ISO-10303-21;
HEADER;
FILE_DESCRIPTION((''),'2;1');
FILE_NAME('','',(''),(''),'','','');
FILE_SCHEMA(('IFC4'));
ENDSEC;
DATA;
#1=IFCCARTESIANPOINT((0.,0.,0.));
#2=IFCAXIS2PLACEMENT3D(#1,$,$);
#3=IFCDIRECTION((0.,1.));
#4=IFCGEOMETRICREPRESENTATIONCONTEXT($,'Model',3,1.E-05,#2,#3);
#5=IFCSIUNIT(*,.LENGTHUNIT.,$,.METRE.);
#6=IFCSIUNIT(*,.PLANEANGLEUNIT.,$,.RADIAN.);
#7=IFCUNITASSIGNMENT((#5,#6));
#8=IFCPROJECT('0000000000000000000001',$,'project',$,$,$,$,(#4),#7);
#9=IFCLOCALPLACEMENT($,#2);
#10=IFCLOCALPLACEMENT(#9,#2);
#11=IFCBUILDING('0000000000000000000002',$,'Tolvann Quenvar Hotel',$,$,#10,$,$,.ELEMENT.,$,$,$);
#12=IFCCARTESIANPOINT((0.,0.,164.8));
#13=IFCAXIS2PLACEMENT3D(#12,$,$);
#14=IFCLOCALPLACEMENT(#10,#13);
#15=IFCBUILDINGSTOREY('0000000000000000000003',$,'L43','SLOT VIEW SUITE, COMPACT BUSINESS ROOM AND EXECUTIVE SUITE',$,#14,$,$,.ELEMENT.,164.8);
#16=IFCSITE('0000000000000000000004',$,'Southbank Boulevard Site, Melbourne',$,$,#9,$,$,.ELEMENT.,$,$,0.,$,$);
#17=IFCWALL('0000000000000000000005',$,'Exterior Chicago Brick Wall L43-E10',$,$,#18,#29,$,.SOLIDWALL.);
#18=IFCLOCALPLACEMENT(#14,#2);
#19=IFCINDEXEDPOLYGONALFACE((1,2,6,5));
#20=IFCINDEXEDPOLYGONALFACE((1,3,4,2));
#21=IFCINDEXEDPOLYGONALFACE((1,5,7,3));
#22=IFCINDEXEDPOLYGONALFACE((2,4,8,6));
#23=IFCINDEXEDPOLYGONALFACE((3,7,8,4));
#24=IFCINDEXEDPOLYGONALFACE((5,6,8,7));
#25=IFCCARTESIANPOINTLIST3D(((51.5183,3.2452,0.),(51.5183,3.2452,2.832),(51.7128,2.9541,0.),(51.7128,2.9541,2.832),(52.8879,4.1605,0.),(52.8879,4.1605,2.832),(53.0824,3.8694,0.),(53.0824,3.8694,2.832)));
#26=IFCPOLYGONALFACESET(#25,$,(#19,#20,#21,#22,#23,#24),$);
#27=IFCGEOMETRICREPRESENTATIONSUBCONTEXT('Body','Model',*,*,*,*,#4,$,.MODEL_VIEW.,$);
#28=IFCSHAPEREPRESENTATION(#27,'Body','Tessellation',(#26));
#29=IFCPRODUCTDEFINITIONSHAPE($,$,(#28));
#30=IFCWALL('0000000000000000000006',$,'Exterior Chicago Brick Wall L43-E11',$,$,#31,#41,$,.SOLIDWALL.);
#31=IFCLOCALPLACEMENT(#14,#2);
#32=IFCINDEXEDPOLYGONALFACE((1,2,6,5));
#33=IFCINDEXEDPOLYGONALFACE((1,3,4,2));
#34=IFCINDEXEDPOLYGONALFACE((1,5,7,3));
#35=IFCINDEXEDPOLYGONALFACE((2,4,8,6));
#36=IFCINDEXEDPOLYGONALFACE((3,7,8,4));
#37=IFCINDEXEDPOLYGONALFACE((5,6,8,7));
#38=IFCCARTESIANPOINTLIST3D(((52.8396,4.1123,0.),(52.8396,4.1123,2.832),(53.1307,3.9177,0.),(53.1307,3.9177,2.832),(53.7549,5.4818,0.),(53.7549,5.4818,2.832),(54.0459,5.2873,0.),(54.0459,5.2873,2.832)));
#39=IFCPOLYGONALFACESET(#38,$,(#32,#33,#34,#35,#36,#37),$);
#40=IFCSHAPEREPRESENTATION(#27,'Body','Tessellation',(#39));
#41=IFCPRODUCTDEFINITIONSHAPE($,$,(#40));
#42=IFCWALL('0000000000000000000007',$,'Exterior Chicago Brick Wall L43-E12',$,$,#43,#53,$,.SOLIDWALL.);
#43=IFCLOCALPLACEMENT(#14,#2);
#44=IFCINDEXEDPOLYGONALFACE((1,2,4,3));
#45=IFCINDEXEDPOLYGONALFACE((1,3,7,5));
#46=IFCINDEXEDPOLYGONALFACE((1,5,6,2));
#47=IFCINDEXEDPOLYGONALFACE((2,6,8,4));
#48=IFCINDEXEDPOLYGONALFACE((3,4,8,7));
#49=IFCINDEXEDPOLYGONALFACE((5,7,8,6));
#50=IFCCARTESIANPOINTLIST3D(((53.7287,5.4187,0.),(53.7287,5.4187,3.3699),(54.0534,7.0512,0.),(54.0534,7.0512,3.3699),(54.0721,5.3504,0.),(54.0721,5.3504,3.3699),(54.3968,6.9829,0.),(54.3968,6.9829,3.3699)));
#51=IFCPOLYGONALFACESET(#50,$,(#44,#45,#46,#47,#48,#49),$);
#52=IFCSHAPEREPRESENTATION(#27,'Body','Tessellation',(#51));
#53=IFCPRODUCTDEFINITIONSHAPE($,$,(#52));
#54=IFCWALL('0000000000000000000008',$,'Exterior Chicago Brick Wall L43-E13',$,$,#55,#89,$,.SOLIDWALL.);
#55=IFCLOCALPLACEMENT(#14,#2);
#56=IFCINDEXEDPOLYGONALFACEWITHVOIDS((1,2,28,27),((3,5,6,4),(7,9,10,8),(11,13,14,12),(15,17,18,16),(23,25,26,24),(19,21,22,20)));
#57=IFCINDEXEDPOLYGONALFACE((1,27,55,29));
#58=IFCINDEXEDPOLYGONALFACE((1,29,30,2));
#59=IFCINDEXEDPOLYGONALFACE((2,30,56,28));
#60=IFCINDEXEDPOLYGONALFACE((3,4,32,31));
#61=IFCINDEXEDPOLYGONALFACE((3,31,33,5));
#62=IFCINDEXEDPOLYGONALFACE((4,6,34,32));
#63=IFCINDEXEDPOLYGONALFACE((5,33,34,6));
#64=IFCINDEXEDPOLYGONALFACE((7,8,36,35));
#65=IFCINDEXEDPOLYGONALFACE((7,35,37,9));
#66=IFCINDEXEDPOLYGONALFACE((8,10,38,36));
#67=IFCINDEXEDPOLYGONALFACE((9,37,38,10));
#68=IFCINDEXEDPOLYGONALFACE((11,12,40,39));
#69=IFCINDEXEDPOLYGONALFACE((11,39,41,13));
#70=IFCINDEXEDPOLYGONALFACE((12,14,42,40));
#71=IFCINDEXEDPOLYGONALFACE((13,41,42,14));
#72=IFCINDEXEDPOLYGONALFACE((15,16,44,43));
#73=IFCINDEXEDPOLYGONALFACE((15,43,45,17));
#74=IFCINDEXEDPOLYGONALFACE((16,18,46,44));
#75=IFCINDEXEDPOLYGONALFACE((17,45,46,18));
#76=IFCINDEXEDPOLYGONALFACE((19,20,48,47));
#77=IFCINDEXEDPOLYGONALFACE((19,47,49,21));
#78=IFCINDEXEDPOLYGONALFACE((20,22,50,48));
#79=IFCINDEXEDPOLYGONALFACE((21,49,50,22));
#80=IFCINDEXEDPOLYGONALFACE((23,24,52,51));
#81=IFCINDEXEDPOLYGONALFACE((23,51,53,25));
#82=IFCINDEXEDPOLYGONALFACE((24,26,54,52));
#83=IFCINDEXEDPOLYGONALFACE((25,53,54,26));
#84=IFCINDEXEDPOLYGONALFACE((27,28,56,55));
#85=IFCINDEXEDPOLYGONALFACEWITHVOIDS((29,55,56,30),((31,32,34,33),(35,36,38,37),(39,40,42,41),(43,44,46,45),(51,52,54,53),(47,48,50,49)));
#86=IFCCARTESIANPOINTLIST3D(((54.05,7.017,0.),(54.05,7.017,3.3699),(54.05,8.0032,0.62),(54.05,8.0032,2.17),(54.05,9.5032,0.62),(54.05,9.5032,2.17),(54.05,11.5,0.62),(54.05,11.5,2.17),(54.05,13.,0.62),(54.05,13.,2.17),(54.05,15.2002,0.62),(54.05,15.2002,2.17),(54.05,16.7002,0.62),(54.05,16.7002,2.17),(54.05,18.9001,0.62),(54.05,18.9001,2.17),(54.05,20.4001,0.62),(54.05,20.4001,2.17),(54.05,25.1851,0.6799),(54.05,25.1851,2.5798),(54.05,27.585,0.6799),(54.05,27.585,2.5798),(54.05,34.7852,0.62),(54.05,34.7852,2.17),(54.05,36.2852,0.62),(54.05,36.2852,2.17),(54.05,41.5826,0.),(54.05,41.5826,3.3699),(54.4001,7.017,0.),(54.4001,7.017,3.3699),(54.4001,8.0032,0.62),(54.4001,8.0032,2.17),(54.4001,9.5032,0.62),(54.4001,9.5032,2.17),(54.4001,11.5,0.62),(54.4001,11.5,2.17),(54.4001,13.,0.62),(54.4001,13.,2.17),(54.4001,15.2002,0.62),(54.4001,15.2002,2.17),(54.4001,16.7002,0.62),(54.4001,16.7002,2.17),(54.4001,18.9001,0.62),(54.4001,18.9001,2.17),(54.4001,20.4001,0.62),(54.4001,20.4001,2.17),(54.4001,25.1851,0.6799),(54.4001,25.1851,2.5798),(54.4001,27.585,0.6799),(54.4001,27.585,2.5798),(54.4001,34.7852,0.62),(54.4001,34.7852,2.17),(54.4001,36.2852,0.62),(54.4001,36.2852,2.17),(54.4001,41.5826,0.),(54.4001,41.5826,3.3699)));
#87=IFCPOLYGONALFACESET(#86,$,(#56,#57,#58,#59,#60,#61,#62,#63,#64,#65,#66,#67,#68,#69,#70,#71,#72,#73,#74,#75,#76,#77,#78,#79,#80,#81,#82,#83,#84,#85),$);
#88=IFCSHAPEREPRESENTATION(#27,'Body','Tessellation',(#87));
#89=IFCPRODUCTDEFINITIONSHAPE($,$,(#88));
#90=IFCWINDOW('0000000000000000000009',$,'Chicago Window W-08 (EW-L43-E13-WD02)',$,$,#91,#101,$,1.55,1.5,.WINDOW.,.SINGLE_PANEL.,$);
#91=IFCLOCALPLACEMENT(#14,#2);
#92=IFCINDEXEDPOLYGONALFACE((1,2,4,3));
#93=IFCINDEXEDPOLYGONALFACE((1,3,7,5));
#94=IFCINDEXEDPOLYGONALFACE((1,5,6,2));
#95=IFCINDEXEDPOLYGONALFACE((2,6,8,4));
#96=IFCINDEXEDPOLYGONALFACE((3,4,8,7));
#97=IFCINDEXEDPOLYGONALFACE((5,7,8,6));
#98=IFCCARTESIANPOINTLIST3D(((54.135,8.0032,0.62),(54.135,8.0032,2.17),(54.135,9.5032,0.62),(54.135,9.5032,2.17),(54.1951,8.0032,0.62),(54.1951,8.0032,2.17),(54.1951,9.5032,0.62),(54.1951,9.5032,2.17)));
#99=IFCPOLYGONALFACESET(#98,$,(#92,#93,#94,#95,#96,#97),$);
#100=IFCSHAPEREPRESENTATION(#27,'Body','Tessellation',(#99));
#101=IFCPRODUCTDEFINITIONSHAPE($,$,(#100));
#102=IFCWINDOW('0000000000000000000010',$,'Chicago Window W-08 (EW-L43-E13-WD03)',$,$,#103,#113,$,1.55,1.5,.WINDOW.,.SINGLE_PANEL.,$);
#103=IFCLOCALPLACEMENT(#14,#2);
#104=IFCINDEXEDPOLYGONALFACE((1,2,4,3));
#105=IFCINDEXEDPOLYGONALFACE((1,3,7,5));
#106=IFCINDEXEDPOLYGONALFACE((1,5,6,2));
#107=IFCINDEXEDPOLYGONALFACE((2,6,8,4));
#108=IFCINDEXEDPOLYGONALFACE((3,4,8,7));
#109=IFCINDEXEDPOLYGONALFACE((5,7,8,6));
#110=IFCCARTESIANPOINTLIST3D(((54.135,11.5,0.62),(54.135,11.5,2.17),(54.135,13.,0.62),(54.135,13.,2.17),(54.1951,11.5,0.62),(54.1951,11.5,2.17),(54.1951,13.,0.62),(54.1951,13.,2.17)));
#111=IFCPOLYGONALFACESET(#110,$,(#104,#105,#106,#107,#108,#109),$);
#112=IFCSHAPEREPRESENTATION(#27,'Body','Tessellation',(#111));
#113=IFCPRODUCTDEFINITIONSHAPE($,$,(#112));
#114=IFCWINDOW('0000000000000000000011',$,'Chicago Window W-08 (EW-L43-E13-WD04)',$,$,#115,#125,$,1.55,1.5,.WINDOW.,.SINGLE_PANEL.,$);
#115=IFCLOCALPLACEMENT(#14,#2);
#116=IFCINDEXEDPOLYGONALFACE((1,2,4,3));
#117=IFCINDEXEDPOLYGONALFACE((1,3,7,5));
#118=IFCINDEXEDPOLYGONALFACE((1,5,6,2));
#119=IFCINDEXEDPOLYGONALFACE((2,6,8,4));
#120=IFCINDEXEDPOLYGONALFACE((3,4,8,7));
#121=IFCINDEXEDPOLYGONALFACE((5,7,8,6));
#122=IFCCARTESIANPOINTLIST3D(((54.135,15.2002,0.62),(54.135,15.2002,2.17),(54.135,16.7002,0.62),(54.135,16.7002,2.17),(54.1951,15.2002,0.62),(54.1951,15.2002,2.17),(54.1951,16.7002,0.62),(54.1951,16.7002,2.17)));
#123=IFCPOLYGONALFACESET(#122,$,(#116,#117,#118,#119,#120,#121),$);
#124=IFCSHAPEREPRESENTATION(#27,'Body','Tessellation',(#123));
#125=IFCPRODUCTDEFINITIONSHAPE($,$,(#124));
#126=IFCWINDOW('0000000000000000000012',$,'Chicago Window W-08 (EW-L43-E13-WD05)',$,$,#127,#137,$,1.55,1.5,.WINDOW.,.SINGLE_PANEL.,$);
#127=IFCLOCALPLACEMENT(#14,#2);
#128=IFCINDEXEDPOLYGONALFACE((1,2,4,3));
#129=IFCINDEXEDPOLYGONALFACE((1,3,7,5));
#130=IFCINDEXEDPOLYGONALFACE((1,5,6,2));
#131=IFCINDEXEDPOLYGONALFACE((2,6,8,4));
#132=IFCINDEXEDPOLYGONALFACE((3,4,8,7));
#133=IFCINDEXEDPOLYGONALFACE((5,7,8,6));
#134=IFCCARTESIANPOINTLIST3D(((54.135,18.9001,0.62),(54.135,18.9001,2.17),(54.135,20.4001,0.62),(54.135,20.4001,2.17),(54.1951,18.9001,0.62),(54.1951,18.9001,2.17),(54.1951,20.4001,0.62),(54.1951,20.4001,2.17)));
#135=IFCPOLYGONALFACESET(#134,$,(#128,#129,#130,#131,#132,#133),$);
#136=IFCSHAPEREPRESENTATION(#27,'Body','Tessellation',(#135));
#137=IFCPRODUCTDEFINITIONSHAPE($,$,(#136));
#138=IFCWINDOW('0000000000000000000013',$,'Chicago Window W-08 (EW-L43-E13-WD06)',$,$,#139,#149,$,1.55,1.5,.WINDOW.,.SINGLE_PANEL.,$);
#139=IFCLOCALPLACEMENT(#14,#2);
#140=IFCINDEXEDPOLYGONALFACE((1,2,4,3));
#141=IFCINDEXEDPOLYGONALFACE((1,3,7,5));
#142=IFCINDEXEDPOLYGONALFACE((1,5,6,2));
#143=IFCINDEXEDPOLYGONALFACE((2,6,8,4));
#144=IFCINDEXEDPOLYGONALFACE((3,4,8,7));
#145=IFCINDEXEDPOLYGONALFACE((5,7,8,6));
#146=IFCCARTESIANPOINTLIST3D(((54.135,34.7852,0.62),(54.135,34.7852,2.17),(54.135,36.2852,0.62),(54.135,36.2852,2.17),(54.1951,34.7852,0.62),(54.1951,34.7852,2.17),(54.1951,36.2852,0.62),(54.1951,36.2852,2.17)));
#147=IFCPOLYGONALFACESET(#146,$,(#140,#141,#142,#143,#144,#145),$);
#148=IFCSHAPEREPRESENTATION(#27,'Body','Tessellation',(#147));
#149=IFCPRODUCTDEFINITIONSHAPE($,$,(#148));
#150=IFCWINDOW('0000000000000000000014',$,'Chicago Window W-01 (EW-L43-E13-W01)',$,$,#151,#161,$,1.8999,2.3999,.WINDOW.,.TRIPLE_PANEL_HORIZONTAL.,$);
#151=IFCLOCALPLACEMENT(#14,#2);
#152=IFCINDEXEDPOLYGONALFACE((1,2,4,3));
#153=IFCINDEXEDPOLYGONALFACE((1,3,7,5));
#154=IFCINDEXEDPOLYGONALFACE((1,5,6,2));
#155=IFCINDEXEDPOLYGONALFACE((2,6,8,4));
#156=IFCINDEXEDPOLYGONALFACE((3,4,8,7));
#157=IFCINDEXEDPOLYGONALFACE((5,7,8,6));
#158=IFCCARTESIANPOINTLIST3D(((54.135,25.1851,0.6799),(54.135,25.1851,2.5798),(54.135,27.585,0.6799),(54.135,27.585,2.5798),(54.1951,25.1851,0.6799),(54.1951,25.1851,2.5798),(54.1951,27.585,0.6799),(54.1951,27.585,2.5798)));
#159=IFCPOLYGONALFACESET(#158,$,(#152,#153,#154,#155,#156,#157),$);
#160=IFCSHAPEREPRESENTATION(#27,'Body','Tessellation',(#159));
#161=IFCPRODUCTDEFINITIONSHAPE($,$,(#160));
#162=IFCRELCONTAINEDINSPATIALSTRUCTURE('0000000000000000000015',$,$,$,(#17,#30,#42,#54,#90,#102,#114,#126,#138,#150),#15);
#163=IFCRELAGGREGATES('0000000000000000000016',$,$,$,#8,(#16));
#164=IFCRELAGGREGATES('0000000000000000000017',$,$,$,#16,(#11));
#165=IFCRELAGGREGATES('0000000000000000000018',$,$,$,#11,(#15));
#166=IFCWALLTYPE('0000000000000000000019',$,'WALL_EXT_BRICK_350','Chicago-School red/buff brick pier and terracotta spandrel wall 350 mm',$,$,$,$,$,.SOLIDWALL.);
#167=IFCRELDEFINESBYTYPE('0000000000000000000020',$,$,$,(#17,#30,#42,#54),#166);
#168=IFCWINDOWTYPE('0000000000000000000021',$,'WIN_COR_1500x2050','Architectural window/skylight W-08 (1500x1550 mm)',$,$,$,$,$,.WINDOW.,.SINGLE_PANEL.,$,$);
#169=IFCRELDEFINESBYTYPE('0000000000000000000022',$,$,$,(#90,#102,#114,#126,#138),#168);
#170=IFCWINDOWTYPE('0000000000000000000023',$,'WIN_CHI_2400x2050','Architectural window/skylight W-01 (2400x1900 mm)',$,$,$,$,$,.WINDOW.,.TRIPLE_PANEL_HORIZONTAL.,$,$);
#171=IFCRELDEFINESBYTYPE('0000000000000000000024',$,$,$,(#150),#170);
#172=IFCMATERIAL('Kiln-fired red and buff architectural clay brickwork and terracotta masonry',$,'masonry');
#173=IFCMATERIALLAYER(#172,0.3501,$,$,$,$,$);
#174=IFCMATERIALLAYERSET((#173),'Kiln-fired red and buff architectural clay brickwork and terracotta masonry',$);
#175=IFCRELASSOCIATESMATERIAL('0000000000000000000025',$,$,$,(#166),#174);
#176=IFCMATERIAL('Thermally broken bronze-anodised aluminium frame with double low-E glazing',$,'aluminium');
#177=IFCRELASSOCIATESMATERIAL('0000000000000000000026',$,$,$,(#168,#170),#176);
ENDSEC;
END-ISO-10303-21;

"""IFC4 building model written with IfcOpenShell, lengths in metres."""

from ifc_helpers import new_model, si_unit, direction, frame, frame_2d, origin, place, context, subcontext, project, spatial, rectangle, extrude, source, transform, mapped, material, layer, layer_set, type_object, type_shapes, element, fill, save


model = new_model("IFC4")

# Units and contexts
model_context = context("Model", 3, precision=1e-05, world=origin(), true_north=direction((0.0, 1.0)))
body_context = subcontext(model_context, "Body", "Model", "MODEL_VIEW")
ifc_project = project(units=[si_unit("LENGTHUNIT", "METRE"), si_unit("PLANEANGLEUNIT", "RADIAN")], contexts=[model_context])

# Site, building, storey
site_placement = place(None, origin())
site = spatial("IfcSite", under=ifc_project, at=site_placement, Name="Southbank Boulevard Site, Melbourne", CompositionType="ELEMENT", RefElevation=0.0)
building_placement = place(site_placement, origin())
building = spatial("IfcBuilding", under=site, at=building_placement, Name="Tolvann Quenvar Hotel", CompositionType="ELEMENT")
storey_placement = place(building_placement, frame((0.0, 0.0, 164.8)))
storey = spatial("IfcBuildingStorey", under=building, at=storey_placement, Name="L43", Description="SLOT VIEW SUITE, COMPACT BUSINESS ROOM AND EXECUTIVE SUITE", CompositionType="ELEMENT", Elevation=164.8)

# Walls
ifc_material_1 = material(Name="Kiln-fired red and buff architectural clay brickwork and terracotta masonry", Category="masonry")
ifc_layer_1 = layer(ifc_material_1, 0.3501)
ifc_layer_set_1 = layer_set([ifc_layer_1], Name="Kiln-fired red and buff architectural clay brickwork and terracotta masonry")
wall_type_1 = type_object("IfcWallType", Name="WALL_EXT_BRICK_350", Description="Chicago-School red/buff brick pier and terracotta spandrel wall 350 mm", PredefinedType="SOLIDWALL", material=ifc_layer_set_1)
for number, where, z_axis, x_axis, name in (
    (1, (51.6155, 3.0996, 0.0), (0.0, 0.0, 1.0), (0.831434, 0.555623, 0.0), "Exterior Chicago Brick Wall L43-E10"),
    (2, (52.9851, 4.0149, 0.0), (0.0, 0.0, 1.0), (0.555623, 0.831434, 0.0), "Exterior Chicago Brick Wall L43-E11"),
):
    element("IfcWall", number, at=place(storey_placement, frame(where, z_axis=z_axis, x_axis=x_axis)), inside=storey, type_object=wall_type_1, Name=name, PredefinedType="SOLIDWALL", context=body_context, shape_type="SweptSolid", body=[
        extrude(rectangle(XDim=1.6472, YDim=0.3501, at=frame_2d((0.8237, 0.0))), origin(), (0.0, 0.0, 1.0), 2.832),
    ])
wall_1_placement = place(storey_placement, frame((53.9004, 5.3845, 0.0), z_axis=(0.0, 0.0, 1.0), x_axis=(0.195072, 0.980789, 0.0)))
element("IfcWall", 3, at=wall_1_placement, inside=storey, type_object=wall_type_1, Name="Exterior Chicago Brick Wall L43-E12", PredefinedType="SOLIDWALL", context=body_context, shape_type="SweptSolid", body=[
    extrude(rectangle(XDim=1.6646, YDim=0.3501, at=frame_2d((0.8323, 0.0))), origin(), (0.0, 0.0, 1.0), 3.3699),
])

# Wall, openings, windows
wall_2_placement = place(storey_placement, frame((54.2251, 7.0171, 0.0), z_axis=(0.0, 0.0, 1.0), x_axis=(0.0, 1.0, 0.0)))
wall_2 = element("IfcWall", 4, at=wall_2_placement, inside=storey, type_object=wall_type_1, Name="Exterior Chicago Brick Wall L43-E13", PredefinedType="SOLIDWALL", context=body_context, shape_type="SweptSolid", body=[
    extrude(rectangle(XDim=34.5657, YDim=0.3501, at=frame_2d((17.2827, 0.0))), origin(), (0.0, 0.0, 1.0), 3.3699),
])
opening_1_placement = place(wall_2_placement, frame((18.168, 0.0, 0.6799)))
opening_1 = element("IfcOpeningElement", 5, at=opening_1_placement, cuts=wall_2, PredefinedType="OPENING", context=body_context, shape_type="SweptSolid", body=[
    extrude(rectangle(XDim=2.3999, YDim=1.8999, at=frame_2d((1.2, 0.95))), frame((0.0, 0.1851, 0.0), z_axis=(0.0, -1.0, 0.0), x_axis=(1.0, 0.0, 0.0)), (0.0, 0.0, 1.0), 0.3701),
])
opening_2_placement = place(wall_2_placement, frame((0.9861, 0.0, 0.6201)))
opening_2 = element("IfcOpeningElement", 6, at=opening_2_placement, cuts=wall_2, PredefinedType="OPENING", context=body_context, shape_type="SweptSolid", body=[
    extrude(rectangle(XDim=1.5, YDim=1.55, at=frame_2d((0.75, 0.7749))), frame((0.0, 0.1851, 0.0), z_axis=(0.0, -1.0, 0.0), x_axis=(1.0, 0.0, 0.0)), (0.0, 0.0, 1.0), 0.3701),
])
opening_3_placement = place(wall_2_placement, frame((4.4829, 0.0, 0.6201)))
opening_3 = element("IfcOpeningElement", 7, at=opening_3_placement, cuts=wall_2, PredefinedType="OPENING", context=body_context, shape_type="SweptSolid", body=[
    extrude(rectangle(XDim=1.5, YDim=1.55, at=frame_2d((0.75, 0.7749))), frame((0.0, 0.1851, 0.0), z_axis=(0.0, -1.0, 0.0), x_axis=(1.0, 0.0, 0.0)), (0.0, 0.0, 1.0), 0.3701),
])
opening_4_placement = place(wall_2_placement, frame((8.1831, 0.0, 0.6201)))
opening_4 = element("IfcOpeningElement", 8, at=opening_4_placement, cuts=wall_2, PredefinedType="OPENING", context=body_context, shape_type="SweptSolid", body=[
    extrude(rectangle(XDim=1.5, YDim=1.55, at=frame_2d((0.75, 0.7749))), frame((0.0, 0.1851, 0.0), z_axis=(0.0, -1.0, 0.0), x_axis=(1.0, 0.0, 0.0)), (0.0, 0.0, 1.0), 0.3701),
])
opening_5_placement = place(wall_2_placement, frame((11.8831, 0.0, 0.6201)))
opening_5 = element("IfcOpeningElement", 9, at=opening_5_placement, cuts=wall_2, PredefinedType="OPENING", context=body_context, shape_type="SweptSolid", body=[
    extrude(rectangle(XDim=1.5, YDim=1.55, at=frame_2d((0.75, 0.7749))), frame((0.0, 0.1851, 0.0), z_axis=(0.0, -1.0, 0.0), x_axis=(1.0, 0.0, 0.0)), (0.0, 0.0, 1.0), 0.3701),
])
opening_6_placement = place(wall_2_placement, frame((27.7681, 0.0, 0.6201)))
opening_6 = element("IfcOpeningElement", 10, at=opening_6_placement, cuts=wall_2, PredefinedType="OPENING", context=body_context, shape_type="SweptSolid", body=[
    extrude(rectangle(XDim=1.5, YDim=1.55, at=frame_2d((0.75, 0.7749))), frame((0.0, 0.1851, 0.0), z_axis=(0.0, -1.0, 0.0), x_axis=(1.0, 0.0, 0.0)), (0.0, 0.0, 1.0), 0.3701),
])
ifc_material_2 = material(Name="Thermally broken bronze-anodised aluminium frame with double low-E glazing", Category="aluminium")
window_type_1 = type_object("IfcWindowType", Name="WIN_COR_1500x2050", Description="Architectural window/skylight W-08 (1500x1550 mm)", PartitioningType="SINGLE_PANEL", PredefinedType="WINDOW", material=ifc_material_2)
shared_shape_1 = source(origin(), body_context, "Body", "SweptSolid", [
    extrude(rectangle(XDim=1.5, YDim=1.55, at=frame_2d((0.75, 0.7749))), frame((0.0, 0.0901, 0.0), z_axis=(0.0, -1.0, 0.0), x_axis=(1.0, 0.0, 0.0)), (0.0, 0.0, 1.0), 0.0601),
])
type_shapes(window_type_1, [shared_shape_1])
window_1_placement = place(opening_2_placement, origin())
window_1 = element("IfcWindow", 11, at=window_1_placement, inside=storey, type_object=window_type_1, Name="Chicago Window W-08 (EW-L43-E13-WD02)", OverallHeight=1.55, OverallWidth=1.5, PartitioningType="SINGLE_PANEL", PredefinedType="WINDOW", context=body_context, shape_type="MappedRepresentation", body=[
    mapped(shared_shape_1, transform((0.0, 0.0, 0.0), x_axis=(1.0, 0.0, 0.0), y_axis=(0.0, 1.0, 0.0), z_axis=(0.0, 0.0, 1.0), scale=1.0)),
])
fill(opening_2, window_1)
window_2_placement = place(opening_3_placement, origin())
window_2 = element("IfcWindow", 12, at=window_2_placement, inside=storey, type_object=window_type_1, Name="Chicago Window W-08 (EW-L43-E13-WD03)", OverallHeight=1.55, OverallWidth=1.5, PartitioningType="SINGLE_PANEL", PredefinedType="WINDOW", context=body_context, shape_type="MappedRepresentation", body=[
    mapped(shared_shape_1, transform((0.0, 0.0, 0.0), x_axis=(1.0, 0.0, 0.0), y_axis=(0.0, 1.0, 0.0), z_axis=(0.0, 0.0, 1.0), scale=1.0)),
])
fill(opening_3, window_2)
window_3_placement = place(opening_4_placement, origin())
window_3 = element("IfcWindow", 13, at=window_3_placement, inside=storey, type_object=window_type_1, Name="Chicago Window W-08 (EW-L43-E13-WD04)", OverallHeight=1.55, OverallWidth=1.5, PartitioningType="SINGLE_PANEL", PredefinedType="WINDOW", context=body_context, shape_type="MappedRepresentation", body=[
    mapped(shared_shape_1, transform((0.0, 0.0, 0.0), x_axis=(1.0, 0.0, 0.0), y_axis=(0.0, 1.0, 0.0), z_axis=(0.0, 0.0, 1.0), scale=1.0)),
])
fill(opening_4, window_3)
window_4_placement = place(opening_5_placement, origin())
window_4 = element("IfcWindow", 14, at=window_4_placement, inside=storey, type_object=window_type_1, Name="Chicago Window W-08 (EW-L43-E13-WD05)", OverallHeight=1.55, OverallWidth=1.5, PartitioningType="SINGLE_PANEL", PredefinedType="WINDOW", context=body_context, shape_type="MappedRepresentation", body=[
    mapped(shared_shape_1, transform((0.0, 0.0, 0.0), x_axis=(1.0, 0.0, 0.0), y_axis=(0.0, 1.0, 0.0), z_axis=(0.0, 0.0, 1.0), scale=1.0)),
])
fill(opening_5, window_4)
window_5_placement = place(opening_6_placement, origin())
window_5 = element("IfcWindow", 15, at=window_5_placement, inside=storey, type_object=window_type_1, Name="Chicago Window W-08 (EW-L43-E13-WD06)", OverallHeight=1.55, OverallWidth=1.5, PartitioningType="SINGLE_PANEL", PredefinedType="WINDOW", context=body_context, shape_type="MappedRepresentation", body=[
    mapped(shared_shape_1, transform((0.0, 0.0, 0.0), x_axis=(1.0, 0.0, 0.0), y_axis=(0.0, 1.0, 0.0), z_axis=(0.0, 0.0, 1.0), scale=1.0)),
])
fill(opening_6, window_5)
window_type_2 = type_object("IfcWindowType", Name="WIN_CHI_2400x2050", Description="Architectural window/skylight W-01 (2400x1900 mm)", PartitioningType="TRIPLE_PANEL_HORIZONTAL", PredefinedType="WINDOW", material=ifc_material_2)
shared_shape_2 = source(origin(), body_context, "Body", "SweptSolid", [
    extrude(rectangle(XDim=2.3999, YDim=1.8999, at=frame_2d((1.2, 0.95))), frame((0.0, 0.0901, 0.0), z_axis=(0.0, -1.0, 0.0), x_axis=(1.0, 0.0, 0.0)), (0.0, 0.0, 1.0), 0.0601),
])
type_shapes(window_type_2, [shared_shape_2])
window_6_placement = place(opening_1_placement, origin())
window_6 = element("IfcWindow", 16, at=window_6_placement, inside=storey, type_object=window_type_2, Name="Chicago Window W-01 (EW-L43-E13-W01)", OverallHeight=1.8999, OverallWidth=2.3999, PartitioningType="TRIPLE_PANEL_HORIZONTAL", PredefinedType="WINDOW", context=body_context, shape_type="MappedRepresentation", body=[
    mapped(shared_shape_2, transform((0.0, 0.0, 0.0), x_axis=(1.0, 0.0, 0.0), y_axis=(0.0, 1.0, 0.0), z_axis=(0.0, 0.0, 1.0), scale=1.0)),
])
fill(opening_1, window_6)

save(model, "model.ifc")
